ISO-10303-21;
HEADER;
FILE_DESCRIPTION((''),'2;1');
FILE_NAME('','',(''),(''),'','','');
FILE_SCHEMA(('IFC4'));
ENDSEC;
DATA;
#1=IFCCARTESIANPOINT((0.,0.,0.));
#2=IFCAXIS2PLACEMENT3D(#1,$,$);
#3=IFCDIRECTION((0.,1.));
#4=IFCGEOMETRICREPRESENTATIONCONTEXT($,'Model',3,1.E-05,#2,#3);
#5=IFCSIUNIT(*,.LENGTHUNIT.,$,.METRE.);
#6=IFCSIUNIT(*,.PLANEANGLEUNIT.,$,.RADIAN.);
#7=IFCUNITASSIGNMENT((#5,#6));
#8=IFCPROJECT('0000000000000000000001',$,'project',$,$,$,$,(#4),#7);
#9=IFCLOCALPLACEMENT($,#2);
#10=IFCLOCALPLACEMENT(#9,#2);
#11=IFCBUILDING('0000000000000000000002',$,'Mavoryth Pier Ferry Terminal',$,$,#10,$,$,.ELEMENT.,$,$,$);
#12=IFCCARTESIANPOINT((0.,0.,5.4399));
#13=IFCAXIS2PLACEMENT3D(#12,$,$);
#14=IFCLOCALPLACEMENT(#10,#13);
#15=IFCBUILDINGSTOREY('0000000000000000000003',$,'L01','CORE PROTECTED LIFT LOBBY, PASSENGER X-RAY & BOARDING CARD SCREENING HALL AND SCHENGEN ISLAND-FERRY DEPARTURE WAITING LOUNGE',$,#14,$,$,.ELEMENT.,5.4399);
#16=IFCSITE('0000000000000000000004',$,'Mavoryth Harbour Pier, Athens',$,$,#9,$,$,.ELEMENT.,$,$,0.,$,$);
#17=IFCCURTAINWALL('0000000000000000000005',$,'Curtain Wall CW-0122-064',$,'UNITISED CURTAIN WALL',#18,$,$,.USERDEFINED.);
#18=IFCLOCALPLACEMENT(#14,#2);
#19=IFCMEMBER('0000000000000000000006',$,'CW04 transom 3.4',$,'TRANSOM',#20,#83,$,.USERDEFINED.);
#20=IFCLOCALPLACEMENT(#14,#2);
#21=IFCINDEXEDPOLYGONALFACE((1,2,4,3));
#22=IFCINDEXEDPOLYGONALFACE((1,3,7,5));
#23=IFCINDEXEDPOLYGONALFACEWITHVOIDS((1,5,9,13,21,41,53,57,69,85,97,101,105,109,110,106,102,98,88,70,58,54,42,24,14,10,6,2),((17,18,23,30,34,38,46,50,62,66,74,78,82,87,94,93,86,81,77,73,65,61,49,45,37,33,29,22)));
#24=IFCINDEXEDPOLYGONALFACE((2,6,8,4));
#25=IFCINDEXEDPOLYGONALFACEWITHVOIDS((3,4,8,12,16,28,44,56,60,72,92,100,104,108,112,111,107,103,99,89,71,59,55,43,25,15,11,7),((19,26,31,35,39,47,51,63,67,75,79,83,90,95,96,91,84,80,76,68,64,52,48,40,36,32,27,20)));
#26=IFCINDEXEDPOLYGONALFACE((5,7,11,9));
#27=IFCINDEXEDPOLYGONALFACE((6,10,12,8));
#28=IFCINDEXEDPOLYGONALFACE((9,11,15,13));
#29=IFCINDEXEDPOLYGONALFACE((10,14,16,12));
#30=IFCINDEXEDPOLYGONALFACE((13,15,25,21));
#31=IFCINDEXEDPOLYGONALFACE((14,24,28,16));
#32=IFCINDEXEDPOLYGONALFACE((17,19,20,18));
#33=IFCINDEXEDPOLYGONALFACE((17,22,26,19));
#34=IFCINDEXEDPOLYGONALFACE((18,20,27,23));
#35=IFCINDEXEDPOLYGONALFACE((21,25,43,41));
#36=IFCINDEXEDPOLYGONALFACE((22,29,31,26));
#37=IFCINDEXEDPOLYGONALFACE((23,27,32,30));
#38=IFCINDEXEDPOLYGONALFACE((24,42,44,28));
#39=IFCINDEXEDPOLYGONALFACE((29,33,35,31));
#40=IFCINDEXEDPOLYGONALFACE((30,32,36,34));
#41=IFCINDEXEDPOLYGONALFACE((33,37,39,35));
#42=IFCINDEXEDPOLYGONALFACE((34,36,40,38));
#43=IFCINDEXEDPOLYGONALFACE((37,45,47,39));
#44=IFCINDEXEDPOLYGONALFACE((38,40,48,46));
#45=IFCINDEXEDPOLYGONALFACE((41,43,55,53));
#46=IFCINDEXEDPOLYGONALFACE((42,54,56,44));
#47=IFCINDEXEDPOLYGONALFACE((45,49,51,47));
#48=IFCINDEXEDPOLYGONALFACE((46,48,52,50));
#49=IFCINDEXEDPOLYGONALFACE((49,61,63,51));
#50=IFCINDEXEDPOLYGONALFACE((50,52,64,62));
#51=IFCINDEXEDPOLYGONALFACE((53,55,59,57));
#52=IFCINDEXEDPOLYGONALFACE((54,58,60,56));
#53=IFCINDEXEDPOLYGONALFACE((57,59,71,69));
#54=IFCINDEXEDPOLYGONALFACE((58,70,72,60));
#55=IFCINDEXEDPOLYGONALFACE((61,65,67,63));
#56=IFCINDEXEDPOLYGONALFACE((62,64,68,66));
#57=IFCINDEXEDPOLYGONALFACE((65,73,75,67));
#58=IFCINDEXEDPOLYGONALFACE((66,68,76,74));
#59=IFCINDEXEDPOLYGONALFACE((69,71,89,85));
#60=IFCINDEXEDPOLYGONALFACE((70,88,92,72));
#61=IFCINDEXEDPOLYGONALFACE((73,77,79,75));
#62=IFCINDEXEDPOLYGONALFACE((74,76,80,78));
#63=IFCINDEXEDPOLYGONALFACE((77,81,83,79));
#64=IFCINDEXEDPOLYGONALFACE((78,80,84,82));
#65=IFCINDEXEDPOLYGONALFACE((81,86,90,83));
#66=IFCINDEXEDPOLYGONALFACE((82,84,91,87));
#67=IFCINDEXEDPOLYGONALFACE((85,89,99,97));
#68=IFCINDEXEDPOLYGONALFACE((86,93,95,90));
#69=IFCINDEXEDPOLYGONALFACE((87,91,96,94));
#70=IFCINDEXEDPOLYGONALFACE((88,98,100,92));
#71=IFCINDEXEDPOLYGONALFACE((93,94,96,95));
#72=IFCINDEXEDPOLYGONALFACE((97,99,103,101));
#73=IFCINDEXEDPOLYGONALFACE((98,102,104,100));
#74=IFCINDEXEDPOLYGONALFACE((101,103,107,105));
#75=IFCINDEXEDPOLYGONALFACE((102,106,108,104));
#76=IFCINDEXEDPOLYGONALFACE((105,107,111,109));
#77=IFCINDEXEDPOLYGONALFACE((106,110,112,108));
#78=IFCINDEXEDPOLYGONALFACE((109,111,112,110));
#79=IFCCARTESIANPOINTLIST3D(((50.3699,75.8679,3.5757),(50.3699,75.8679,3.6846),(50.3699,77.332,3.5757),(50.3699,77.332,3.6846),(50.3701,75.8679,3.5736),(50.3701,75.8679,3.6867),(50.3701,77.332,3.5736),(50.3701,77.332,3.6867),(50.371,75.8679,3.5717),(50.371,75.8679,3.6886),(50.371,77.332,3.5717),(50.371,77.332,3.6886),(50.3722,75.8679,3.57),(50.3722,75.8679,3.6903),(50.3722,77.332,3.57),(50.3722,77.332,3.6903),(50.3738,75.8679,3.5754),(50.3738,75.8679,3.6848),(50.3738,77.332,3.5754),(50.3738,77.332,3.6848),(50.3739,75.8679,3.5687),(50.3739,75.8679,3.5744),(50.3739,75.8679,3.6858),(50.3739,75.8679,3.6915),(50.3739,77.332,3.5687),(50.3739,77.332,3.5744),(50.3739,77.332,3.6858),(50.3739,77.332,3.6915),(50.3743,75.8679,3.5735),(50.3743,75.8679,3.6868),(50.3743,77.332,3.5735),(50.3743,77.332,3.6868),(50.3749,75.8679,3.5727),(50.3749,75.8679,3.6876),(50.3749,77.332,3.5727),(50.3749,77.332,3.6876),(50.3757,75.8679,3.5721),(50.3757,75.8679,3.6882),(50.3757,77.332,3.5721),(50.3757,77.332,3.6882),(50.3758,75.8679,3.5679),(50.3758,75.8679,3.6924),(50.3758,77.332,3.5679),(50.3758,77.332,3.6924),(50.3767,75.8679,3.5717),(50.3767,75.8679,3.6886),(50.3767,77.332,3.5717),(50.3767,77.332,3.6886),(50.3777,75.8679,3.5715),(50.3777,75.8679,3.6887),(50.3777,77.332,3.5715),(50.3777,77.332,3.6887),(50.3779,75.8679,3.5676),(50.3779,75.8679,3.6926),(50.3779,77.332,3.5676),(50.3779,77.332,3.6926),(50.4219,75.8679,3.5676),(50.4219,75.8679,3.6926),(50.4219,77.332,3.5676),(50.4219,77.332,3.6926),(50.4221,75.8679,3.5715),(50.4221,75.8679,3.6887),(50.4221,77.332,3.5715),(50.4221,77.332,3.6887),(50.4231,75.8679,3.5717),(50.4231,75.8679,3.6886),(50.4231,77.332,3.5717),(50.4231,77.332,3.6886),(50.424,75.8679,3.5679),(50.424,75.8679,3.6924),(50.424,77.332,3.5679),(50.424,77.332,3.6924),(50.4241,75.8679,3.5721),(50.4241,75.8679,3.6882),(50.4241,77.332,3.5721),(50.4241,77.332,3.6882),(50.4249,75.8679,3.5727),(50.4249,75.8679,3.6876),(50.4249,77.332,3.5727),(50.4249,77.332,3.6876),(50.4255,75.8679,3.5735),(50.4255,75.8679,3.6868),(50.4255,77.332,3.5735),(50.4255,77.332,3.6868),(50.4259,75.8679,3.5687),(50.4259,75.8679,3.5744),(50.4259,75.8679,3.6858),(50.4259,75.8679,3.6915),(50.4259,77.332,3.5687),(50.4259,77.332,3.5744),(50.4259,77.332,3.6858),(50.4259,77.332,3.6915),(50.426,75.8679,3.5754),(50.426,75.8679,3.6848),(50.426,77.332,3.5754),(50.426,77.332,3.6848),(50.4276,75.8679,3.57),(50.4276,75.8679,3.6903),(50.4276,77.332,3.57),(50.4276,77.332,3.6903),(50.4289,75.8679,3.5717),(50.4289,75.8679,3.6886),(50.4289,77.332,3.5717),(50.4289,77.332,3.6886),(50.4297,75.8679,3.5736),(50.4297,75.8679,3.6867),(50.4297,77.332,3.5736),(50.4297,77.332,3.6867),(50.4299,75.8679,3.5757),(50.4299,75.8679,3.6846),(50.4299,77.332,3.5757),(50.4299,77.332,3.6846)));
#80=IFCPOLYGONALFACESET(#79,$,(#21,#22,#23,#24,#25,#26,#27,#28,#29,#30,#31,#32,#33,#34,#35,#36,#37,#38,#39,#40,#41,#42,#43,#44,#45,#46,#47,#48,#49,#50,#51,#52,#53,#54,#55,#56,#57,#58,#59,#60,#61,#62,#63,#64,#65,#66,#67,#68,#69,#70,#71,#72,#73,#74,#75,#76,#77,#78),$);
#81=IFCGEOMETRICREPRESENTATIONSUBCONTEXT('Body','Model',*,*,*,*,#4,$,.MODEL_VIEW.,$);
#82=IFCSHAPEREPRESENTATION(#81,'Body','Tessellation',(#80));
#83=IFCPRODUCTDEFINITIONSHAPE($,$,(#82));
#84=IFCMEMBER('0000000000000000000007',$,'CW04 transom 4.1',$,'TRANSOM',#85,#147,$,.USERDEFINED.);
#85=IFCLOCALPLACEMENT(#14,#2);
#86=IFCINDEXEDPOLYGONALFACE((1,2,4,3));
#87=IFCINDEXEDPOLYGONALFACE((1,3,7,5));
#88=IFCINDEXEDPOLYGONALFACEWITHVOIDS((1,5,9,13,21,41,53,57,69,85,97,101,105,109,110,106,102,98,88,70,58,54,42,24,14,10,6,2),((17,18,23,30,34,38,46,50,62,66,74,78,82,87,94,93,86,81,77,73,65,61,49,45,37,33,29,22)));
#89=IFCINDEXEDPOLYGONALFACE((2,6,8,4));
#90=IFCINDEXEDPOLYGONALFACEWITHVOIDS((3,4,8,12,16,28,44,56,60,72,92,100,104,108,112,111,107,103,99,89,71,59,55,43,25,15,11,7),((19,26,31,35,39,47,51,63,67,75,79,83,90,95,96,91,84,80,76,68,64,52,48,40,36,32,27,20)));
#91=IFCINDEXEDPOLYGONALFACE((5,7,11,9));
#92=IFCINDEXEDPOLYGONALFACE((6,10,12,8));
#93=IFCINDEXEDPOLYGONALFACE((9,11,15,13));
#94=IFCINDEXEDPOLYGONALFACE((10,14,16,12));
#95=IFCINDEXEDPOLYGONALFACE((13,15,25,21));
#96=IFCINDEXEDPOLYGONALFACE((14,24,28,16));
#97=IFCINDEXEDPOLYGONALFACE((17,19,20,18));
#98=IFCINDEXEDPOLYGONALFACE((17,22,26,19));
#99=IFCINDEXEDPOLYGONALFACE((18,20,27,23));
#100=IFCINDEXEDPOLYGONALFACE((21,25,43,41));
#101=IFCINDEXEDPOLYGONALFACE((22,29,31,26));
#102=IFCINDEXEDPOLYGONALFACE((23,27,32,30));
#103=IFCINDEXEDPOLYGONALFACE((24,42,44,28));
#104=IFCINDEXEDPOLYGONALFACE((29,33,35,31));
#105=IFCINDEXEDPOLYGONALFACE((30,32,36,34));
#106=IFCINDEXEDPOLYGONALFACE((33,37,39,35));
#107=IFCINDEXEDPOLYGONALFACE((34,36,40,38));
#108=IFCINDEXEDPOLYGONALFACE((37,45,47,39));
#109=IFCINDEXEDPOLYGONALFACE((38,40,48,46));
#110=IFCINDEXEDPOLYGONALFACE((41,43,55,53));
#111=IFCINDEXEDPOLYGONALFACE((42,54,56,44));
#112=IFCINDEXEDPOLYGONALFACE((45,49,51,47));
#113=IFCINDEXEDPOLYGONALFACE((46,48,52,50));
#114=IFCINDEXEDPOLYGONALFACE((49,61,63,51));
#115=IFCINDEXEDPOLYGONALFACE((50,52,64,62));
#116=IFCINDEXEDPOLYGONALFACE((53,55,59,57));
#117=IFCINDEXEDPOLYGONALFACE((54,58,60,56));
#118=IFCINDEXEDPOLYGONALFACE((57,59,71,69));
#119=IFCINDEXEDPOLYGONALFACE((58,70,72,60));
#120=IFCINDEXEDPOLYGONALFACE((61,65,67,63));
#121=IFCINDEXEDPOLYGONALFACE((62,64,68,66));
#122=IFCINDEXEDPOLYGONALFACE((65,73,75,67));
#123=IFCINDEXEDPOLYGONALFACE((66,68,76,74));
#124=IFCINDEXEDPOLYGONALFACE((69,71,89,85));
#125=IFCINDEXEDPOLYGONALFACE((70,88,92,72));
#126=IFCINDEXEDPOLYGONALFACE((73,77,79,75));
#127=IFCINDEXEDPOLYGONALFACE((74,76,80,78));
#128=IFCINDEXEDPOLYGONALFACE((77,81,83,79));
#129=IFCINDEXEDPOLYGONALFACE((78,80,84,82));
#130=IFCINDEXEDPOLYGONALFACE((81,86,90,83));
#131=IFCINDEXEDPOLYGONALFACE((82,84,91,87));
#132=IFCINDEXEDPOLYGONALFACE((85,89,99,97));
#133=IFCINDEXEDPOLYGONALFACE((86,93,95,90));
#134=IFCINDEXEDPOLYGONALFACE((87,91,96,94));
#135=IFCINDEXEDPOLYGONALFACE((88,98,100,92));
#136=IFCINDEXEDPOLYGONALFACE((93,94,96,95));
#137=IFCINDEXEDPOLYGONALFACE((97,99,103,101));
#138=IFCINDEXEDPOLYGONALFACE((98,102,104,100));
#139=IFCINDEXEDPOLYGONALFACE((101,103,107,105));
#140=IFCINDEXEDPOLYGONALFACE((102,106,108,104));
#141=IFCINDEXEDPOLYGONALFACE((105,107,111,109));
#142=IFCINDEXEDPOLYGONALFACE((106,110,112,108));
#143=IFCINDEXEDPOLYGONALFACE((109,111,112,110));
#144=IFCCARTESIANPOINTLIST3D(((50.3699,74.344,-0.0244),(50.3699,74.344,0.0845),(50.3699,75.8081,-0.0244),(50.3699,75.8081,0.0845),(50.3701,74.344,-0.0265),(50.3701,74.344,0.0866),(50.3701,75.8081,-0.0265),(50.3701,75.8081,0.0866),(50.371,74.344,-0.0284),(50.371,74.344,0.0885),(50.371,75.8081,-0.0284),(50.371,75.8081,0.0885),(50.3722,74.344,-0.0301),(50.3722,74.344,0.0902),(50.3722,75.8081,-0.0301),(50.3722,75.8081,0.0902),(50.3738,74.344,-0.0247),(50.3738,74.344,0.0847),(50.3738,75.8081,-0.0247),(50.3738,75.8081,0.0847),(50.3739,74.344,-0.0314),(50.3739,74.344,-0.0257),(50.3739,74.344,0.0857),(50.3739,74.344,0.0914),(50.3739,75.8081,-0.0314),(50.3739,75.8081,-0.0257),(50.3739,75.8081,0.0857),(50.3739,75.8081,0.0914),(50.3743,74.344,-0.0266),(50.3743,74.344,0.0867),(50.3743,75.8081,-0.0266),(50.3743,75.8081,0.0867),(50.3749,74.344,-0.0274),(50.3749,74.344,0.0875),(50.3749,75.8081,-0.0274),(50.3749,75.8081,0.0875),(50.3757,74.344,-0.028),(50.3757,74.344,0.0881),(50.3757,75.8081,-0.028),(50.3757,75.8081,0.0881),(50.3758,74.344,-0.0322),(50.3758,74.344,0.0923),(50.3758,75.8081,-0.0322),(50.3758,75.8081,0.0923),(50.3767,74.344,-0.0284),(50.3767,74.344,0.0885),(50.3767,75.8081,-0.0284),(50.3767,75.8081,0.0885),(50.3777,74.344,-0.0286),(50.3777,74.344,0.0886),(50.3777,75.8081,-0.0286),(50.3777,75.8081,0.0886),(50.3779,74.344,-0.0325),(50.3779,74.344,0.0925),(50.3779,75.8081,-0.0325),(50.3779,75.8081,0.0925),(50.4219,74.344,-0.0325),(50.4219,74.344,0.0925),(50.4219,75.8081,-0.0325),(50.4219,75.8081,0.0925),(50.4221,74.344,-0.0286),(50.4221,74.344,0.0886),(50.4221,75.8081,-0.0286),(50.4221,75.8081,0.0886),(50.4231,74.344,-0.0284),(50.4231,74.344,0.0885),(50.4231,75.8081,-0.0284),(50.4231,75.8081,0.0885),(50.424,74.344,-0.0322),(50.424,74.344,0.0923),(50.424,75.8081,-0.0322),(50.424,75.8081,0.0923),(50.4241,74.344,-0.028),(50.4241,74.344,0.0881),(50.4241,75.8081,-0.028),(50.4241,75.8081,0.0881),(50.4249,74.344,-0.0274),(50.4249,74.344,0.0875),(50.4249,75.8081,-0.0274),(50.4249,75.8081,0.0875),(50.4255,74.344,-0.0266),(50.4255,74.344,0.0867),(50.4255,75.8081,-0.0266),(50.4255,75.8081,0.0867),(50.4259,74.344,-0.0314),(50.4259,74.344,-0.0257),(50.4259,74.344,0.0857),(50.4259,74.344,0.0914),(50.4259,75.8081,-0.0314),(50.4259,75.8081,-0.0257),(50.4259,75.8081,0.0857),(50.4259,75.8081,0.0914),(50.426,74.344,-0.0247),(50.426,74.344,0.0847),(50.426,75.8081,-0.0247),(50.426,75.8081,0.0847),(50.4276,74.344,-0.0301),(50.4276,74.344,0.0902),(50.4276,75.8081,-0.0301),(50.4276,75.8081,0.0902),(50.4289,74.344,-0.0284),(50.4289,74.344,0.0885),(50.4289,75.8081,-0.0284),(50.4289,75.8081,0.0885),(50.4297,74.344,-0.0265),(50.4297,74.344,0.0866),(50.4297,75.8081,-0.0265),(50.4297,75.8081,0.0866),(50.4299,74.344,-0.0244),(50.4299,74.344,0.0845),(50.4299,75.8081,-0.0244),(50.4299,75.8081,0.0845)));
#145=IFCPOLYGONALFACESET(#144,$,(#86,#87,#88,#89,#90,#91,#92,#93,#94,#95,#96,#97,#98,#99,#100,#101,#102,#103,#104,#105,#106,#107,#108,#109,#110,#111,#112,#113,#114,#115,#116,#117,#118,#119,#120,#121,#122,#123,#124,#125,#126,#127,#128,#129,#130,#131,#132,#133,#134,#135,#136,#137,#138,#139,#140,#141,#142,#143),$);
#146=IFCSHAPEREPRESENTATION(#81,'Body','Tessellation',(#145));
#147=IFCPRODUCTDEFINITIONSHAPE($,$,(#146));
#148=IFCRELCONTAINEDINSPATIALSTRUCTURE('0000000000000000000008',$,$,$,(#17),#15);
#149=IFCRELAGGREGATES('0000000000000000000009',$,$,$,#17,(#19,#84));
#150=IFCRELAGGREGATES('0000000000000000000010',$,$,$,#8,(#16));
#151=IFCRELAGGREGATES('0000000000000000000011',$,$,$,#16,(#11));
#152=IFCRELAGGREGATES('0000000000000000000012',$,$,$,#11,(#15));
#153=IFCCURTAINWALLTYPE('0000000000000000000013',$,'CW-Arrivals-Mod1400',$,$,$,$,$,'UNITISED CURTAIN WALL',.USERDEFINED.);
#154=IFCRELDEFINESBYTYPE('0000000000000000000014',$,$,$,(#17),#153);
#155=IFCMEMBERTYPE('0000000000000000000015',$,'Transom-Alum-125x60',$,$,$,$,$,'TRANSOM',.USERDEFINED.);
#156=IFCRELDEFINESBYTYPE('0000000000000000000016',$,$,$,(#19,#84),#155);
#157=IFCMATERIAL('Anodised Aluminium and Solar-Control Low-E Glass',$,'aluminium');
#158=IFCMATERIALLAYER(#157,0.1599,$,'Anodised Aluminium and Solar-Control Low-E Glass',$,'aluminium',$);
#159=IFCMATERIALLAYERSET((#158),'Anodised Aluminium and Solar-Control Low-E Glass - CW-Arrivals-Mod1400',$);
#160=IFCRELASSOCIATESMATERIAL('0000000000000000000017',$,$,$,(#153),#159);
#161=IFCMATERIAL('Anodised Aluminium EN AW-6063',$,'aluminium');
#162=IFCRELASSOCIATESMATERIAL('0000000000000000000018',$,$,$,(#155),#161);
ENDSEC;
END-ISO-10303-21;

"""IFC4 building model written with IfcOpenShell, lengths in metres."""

from ifc_helpers import new_model, si_unit, direction, frame, origin, origin_2d, place, context, subcontext, project, spatial, hollow_rectangle, extrude, material, layer, layer_set, material_profile, profile_set, type_object, element, aggregate, save


model = new_model("IFC4")

# Units and contexts
model_context = context("Model", 3, precision=1e-05, world=origin(), true_north=direction((0.0, 1.0)))
body_context = subcontext(model_context, "Body", "Model", "MODEL_VIEW")
ifc_project = project(units=[si_unit("LENGTHUNIT", "METRE"), si_unit("PLANEANGLEUNIT", "RADIAN")], contexts=[model_context])

# Site, building, storey
site_placement = place(None, origin())
site = spatial("IfcSite", under=ifc_project, at=site_placement, Name="Mavoryth Harbour Pier, Athens", CompositionType="ELEMENT", RefElevation=0.0)
building_placement = place(site_placement, origin())
building = spatial("IfcBuilding", under=site, at=building_placement, Name="Mavoryth Pier Ferry Terminal", CompositionType="ELEMENT")
storey_placement = place(building_placement, frame((0.0, 0.0, 5.4399)))
storey = spatial("IfcBuildingStorey", under=building, at=storey_placement, Name="L01", Description="CORE PROTECTED LIFT LOBBY, PASSENGER X-RAY & BOARDING CARD SCREENING HALL AND SCHENGEN ISLAND-FERRY DEPARTURE WAITING LOUNGE", CompositionType="ELEMENT", Elevation=5.4399)

# Curtain wall, members
ifc_material_1 = material(Name="Anodised Aluminium and Solar-Control Low-E Glass", Category="aluminium")
ifc_layer_1 = layer(ifc_material_1, 0.1599, Name="Anodised Aluminium and Solar-Control Low-E Glass", Category="aluminium")
ifc_layer_set_1 = layer_set([ifc_layer_1], Name="Anodised Aluminium and Solar-Control Low-E Glass - CW-Arrivals-Mod1400")
curtain_wall_type = type_object("IfcCurtainWallType", Name="CW-Arrivals-Mod1400", ElementType="UNITISED CURTAIN WALL", PredefinedType="USERDEFINED", material=ifc_layer_set_1)
curtain_wall_placement = place(storey_placement, origin())
curtain_wall = element("IfcCurtainWall", 1, at=curtain_wall_placement, inside=storey, type_object=curtain_wall_type, Name="Curtain Wall CW-0122-064", ObjectType="UNITISED CURTAIN WALL", PredefinedType="USERDEFINED")
ifc_material_2 = material(Name="Anodised Aluminium EN AW-6063", Category="aluminium")
ifc_material_profile_1 = material_profile(ifc_material_2, hollow_rectangle(XDim=0.0601, YDim=0.125, WallThickness=0.0039, InnerFilletRadius=0.0039, OuterFilletRadius=0.0081, at=origin_2d()), Name="AL-TRAN 125x60x4", Category="aluminium")
ifc_profile_set_1 = profile_set([ifc_material_profile_1], Name="Anodised Aluminium EN AW-6063 - AL-TRAN 125x60x4")
member_type_1 = type_object("IfcMemberType", Name="Transom-Alum-125x60", ElementType="TRANSOM", PredefinedType="USERDEFINED", material=ifc_profile_set_1)
member_1_placement = place(storey_placement, frame((50.3999, 77.332, 3.6301), z_axis=(0.0, -1.0, 0.0), x_axis=(1.0, 0.0, 0.0)))
member_1 = element("IfcMember", 2, at=member_1_placement, type_object=member_type_1, Name="CW04 transom 3.4", ObjectType="TRANSOM", PredefinedType="USERDEFINED", context=body_context, shape_type="SweptSolid", body=[
    extrude(hollow_rectangle(XDim=0.0601, YDim=0.125, WallThickness=0.0039, InnerFilletRadius=0.0039, OuterFilletRadius=0.0081, at=origin_2d()), origin(), (0.0, 0.0, 1.0), 1.4641),
])
member_2_placement = place(storey_placement, frame((50.3999, 75.8081, 0.03), z_axis=(0.0, -1.0, 0.0), x_axis=(1.0, 0.0, 0.0)))
member_2 = element("IfcMember", 3, at=member_2_placement, type_object=member_type_1, Name="CW04 transom 4.1", ObjectType="TRANSOM", PredefinedType="USERDEFINED", context=body_context, shape_type="SweptSolid", body=[
    extrude(hollow_rectangle(XDim=0.0601, YDim=0.125, WallThickness=0.0039, InnerFilletRadius=0.0039, OuterFilletRadius=0.0081, at=origin_2d()), origin(), (0.0, 0.0, 1.0), 1.4641),
])
aggregate(curtain_wall, [member_1, member_2])

save(model, "model.ifc")
